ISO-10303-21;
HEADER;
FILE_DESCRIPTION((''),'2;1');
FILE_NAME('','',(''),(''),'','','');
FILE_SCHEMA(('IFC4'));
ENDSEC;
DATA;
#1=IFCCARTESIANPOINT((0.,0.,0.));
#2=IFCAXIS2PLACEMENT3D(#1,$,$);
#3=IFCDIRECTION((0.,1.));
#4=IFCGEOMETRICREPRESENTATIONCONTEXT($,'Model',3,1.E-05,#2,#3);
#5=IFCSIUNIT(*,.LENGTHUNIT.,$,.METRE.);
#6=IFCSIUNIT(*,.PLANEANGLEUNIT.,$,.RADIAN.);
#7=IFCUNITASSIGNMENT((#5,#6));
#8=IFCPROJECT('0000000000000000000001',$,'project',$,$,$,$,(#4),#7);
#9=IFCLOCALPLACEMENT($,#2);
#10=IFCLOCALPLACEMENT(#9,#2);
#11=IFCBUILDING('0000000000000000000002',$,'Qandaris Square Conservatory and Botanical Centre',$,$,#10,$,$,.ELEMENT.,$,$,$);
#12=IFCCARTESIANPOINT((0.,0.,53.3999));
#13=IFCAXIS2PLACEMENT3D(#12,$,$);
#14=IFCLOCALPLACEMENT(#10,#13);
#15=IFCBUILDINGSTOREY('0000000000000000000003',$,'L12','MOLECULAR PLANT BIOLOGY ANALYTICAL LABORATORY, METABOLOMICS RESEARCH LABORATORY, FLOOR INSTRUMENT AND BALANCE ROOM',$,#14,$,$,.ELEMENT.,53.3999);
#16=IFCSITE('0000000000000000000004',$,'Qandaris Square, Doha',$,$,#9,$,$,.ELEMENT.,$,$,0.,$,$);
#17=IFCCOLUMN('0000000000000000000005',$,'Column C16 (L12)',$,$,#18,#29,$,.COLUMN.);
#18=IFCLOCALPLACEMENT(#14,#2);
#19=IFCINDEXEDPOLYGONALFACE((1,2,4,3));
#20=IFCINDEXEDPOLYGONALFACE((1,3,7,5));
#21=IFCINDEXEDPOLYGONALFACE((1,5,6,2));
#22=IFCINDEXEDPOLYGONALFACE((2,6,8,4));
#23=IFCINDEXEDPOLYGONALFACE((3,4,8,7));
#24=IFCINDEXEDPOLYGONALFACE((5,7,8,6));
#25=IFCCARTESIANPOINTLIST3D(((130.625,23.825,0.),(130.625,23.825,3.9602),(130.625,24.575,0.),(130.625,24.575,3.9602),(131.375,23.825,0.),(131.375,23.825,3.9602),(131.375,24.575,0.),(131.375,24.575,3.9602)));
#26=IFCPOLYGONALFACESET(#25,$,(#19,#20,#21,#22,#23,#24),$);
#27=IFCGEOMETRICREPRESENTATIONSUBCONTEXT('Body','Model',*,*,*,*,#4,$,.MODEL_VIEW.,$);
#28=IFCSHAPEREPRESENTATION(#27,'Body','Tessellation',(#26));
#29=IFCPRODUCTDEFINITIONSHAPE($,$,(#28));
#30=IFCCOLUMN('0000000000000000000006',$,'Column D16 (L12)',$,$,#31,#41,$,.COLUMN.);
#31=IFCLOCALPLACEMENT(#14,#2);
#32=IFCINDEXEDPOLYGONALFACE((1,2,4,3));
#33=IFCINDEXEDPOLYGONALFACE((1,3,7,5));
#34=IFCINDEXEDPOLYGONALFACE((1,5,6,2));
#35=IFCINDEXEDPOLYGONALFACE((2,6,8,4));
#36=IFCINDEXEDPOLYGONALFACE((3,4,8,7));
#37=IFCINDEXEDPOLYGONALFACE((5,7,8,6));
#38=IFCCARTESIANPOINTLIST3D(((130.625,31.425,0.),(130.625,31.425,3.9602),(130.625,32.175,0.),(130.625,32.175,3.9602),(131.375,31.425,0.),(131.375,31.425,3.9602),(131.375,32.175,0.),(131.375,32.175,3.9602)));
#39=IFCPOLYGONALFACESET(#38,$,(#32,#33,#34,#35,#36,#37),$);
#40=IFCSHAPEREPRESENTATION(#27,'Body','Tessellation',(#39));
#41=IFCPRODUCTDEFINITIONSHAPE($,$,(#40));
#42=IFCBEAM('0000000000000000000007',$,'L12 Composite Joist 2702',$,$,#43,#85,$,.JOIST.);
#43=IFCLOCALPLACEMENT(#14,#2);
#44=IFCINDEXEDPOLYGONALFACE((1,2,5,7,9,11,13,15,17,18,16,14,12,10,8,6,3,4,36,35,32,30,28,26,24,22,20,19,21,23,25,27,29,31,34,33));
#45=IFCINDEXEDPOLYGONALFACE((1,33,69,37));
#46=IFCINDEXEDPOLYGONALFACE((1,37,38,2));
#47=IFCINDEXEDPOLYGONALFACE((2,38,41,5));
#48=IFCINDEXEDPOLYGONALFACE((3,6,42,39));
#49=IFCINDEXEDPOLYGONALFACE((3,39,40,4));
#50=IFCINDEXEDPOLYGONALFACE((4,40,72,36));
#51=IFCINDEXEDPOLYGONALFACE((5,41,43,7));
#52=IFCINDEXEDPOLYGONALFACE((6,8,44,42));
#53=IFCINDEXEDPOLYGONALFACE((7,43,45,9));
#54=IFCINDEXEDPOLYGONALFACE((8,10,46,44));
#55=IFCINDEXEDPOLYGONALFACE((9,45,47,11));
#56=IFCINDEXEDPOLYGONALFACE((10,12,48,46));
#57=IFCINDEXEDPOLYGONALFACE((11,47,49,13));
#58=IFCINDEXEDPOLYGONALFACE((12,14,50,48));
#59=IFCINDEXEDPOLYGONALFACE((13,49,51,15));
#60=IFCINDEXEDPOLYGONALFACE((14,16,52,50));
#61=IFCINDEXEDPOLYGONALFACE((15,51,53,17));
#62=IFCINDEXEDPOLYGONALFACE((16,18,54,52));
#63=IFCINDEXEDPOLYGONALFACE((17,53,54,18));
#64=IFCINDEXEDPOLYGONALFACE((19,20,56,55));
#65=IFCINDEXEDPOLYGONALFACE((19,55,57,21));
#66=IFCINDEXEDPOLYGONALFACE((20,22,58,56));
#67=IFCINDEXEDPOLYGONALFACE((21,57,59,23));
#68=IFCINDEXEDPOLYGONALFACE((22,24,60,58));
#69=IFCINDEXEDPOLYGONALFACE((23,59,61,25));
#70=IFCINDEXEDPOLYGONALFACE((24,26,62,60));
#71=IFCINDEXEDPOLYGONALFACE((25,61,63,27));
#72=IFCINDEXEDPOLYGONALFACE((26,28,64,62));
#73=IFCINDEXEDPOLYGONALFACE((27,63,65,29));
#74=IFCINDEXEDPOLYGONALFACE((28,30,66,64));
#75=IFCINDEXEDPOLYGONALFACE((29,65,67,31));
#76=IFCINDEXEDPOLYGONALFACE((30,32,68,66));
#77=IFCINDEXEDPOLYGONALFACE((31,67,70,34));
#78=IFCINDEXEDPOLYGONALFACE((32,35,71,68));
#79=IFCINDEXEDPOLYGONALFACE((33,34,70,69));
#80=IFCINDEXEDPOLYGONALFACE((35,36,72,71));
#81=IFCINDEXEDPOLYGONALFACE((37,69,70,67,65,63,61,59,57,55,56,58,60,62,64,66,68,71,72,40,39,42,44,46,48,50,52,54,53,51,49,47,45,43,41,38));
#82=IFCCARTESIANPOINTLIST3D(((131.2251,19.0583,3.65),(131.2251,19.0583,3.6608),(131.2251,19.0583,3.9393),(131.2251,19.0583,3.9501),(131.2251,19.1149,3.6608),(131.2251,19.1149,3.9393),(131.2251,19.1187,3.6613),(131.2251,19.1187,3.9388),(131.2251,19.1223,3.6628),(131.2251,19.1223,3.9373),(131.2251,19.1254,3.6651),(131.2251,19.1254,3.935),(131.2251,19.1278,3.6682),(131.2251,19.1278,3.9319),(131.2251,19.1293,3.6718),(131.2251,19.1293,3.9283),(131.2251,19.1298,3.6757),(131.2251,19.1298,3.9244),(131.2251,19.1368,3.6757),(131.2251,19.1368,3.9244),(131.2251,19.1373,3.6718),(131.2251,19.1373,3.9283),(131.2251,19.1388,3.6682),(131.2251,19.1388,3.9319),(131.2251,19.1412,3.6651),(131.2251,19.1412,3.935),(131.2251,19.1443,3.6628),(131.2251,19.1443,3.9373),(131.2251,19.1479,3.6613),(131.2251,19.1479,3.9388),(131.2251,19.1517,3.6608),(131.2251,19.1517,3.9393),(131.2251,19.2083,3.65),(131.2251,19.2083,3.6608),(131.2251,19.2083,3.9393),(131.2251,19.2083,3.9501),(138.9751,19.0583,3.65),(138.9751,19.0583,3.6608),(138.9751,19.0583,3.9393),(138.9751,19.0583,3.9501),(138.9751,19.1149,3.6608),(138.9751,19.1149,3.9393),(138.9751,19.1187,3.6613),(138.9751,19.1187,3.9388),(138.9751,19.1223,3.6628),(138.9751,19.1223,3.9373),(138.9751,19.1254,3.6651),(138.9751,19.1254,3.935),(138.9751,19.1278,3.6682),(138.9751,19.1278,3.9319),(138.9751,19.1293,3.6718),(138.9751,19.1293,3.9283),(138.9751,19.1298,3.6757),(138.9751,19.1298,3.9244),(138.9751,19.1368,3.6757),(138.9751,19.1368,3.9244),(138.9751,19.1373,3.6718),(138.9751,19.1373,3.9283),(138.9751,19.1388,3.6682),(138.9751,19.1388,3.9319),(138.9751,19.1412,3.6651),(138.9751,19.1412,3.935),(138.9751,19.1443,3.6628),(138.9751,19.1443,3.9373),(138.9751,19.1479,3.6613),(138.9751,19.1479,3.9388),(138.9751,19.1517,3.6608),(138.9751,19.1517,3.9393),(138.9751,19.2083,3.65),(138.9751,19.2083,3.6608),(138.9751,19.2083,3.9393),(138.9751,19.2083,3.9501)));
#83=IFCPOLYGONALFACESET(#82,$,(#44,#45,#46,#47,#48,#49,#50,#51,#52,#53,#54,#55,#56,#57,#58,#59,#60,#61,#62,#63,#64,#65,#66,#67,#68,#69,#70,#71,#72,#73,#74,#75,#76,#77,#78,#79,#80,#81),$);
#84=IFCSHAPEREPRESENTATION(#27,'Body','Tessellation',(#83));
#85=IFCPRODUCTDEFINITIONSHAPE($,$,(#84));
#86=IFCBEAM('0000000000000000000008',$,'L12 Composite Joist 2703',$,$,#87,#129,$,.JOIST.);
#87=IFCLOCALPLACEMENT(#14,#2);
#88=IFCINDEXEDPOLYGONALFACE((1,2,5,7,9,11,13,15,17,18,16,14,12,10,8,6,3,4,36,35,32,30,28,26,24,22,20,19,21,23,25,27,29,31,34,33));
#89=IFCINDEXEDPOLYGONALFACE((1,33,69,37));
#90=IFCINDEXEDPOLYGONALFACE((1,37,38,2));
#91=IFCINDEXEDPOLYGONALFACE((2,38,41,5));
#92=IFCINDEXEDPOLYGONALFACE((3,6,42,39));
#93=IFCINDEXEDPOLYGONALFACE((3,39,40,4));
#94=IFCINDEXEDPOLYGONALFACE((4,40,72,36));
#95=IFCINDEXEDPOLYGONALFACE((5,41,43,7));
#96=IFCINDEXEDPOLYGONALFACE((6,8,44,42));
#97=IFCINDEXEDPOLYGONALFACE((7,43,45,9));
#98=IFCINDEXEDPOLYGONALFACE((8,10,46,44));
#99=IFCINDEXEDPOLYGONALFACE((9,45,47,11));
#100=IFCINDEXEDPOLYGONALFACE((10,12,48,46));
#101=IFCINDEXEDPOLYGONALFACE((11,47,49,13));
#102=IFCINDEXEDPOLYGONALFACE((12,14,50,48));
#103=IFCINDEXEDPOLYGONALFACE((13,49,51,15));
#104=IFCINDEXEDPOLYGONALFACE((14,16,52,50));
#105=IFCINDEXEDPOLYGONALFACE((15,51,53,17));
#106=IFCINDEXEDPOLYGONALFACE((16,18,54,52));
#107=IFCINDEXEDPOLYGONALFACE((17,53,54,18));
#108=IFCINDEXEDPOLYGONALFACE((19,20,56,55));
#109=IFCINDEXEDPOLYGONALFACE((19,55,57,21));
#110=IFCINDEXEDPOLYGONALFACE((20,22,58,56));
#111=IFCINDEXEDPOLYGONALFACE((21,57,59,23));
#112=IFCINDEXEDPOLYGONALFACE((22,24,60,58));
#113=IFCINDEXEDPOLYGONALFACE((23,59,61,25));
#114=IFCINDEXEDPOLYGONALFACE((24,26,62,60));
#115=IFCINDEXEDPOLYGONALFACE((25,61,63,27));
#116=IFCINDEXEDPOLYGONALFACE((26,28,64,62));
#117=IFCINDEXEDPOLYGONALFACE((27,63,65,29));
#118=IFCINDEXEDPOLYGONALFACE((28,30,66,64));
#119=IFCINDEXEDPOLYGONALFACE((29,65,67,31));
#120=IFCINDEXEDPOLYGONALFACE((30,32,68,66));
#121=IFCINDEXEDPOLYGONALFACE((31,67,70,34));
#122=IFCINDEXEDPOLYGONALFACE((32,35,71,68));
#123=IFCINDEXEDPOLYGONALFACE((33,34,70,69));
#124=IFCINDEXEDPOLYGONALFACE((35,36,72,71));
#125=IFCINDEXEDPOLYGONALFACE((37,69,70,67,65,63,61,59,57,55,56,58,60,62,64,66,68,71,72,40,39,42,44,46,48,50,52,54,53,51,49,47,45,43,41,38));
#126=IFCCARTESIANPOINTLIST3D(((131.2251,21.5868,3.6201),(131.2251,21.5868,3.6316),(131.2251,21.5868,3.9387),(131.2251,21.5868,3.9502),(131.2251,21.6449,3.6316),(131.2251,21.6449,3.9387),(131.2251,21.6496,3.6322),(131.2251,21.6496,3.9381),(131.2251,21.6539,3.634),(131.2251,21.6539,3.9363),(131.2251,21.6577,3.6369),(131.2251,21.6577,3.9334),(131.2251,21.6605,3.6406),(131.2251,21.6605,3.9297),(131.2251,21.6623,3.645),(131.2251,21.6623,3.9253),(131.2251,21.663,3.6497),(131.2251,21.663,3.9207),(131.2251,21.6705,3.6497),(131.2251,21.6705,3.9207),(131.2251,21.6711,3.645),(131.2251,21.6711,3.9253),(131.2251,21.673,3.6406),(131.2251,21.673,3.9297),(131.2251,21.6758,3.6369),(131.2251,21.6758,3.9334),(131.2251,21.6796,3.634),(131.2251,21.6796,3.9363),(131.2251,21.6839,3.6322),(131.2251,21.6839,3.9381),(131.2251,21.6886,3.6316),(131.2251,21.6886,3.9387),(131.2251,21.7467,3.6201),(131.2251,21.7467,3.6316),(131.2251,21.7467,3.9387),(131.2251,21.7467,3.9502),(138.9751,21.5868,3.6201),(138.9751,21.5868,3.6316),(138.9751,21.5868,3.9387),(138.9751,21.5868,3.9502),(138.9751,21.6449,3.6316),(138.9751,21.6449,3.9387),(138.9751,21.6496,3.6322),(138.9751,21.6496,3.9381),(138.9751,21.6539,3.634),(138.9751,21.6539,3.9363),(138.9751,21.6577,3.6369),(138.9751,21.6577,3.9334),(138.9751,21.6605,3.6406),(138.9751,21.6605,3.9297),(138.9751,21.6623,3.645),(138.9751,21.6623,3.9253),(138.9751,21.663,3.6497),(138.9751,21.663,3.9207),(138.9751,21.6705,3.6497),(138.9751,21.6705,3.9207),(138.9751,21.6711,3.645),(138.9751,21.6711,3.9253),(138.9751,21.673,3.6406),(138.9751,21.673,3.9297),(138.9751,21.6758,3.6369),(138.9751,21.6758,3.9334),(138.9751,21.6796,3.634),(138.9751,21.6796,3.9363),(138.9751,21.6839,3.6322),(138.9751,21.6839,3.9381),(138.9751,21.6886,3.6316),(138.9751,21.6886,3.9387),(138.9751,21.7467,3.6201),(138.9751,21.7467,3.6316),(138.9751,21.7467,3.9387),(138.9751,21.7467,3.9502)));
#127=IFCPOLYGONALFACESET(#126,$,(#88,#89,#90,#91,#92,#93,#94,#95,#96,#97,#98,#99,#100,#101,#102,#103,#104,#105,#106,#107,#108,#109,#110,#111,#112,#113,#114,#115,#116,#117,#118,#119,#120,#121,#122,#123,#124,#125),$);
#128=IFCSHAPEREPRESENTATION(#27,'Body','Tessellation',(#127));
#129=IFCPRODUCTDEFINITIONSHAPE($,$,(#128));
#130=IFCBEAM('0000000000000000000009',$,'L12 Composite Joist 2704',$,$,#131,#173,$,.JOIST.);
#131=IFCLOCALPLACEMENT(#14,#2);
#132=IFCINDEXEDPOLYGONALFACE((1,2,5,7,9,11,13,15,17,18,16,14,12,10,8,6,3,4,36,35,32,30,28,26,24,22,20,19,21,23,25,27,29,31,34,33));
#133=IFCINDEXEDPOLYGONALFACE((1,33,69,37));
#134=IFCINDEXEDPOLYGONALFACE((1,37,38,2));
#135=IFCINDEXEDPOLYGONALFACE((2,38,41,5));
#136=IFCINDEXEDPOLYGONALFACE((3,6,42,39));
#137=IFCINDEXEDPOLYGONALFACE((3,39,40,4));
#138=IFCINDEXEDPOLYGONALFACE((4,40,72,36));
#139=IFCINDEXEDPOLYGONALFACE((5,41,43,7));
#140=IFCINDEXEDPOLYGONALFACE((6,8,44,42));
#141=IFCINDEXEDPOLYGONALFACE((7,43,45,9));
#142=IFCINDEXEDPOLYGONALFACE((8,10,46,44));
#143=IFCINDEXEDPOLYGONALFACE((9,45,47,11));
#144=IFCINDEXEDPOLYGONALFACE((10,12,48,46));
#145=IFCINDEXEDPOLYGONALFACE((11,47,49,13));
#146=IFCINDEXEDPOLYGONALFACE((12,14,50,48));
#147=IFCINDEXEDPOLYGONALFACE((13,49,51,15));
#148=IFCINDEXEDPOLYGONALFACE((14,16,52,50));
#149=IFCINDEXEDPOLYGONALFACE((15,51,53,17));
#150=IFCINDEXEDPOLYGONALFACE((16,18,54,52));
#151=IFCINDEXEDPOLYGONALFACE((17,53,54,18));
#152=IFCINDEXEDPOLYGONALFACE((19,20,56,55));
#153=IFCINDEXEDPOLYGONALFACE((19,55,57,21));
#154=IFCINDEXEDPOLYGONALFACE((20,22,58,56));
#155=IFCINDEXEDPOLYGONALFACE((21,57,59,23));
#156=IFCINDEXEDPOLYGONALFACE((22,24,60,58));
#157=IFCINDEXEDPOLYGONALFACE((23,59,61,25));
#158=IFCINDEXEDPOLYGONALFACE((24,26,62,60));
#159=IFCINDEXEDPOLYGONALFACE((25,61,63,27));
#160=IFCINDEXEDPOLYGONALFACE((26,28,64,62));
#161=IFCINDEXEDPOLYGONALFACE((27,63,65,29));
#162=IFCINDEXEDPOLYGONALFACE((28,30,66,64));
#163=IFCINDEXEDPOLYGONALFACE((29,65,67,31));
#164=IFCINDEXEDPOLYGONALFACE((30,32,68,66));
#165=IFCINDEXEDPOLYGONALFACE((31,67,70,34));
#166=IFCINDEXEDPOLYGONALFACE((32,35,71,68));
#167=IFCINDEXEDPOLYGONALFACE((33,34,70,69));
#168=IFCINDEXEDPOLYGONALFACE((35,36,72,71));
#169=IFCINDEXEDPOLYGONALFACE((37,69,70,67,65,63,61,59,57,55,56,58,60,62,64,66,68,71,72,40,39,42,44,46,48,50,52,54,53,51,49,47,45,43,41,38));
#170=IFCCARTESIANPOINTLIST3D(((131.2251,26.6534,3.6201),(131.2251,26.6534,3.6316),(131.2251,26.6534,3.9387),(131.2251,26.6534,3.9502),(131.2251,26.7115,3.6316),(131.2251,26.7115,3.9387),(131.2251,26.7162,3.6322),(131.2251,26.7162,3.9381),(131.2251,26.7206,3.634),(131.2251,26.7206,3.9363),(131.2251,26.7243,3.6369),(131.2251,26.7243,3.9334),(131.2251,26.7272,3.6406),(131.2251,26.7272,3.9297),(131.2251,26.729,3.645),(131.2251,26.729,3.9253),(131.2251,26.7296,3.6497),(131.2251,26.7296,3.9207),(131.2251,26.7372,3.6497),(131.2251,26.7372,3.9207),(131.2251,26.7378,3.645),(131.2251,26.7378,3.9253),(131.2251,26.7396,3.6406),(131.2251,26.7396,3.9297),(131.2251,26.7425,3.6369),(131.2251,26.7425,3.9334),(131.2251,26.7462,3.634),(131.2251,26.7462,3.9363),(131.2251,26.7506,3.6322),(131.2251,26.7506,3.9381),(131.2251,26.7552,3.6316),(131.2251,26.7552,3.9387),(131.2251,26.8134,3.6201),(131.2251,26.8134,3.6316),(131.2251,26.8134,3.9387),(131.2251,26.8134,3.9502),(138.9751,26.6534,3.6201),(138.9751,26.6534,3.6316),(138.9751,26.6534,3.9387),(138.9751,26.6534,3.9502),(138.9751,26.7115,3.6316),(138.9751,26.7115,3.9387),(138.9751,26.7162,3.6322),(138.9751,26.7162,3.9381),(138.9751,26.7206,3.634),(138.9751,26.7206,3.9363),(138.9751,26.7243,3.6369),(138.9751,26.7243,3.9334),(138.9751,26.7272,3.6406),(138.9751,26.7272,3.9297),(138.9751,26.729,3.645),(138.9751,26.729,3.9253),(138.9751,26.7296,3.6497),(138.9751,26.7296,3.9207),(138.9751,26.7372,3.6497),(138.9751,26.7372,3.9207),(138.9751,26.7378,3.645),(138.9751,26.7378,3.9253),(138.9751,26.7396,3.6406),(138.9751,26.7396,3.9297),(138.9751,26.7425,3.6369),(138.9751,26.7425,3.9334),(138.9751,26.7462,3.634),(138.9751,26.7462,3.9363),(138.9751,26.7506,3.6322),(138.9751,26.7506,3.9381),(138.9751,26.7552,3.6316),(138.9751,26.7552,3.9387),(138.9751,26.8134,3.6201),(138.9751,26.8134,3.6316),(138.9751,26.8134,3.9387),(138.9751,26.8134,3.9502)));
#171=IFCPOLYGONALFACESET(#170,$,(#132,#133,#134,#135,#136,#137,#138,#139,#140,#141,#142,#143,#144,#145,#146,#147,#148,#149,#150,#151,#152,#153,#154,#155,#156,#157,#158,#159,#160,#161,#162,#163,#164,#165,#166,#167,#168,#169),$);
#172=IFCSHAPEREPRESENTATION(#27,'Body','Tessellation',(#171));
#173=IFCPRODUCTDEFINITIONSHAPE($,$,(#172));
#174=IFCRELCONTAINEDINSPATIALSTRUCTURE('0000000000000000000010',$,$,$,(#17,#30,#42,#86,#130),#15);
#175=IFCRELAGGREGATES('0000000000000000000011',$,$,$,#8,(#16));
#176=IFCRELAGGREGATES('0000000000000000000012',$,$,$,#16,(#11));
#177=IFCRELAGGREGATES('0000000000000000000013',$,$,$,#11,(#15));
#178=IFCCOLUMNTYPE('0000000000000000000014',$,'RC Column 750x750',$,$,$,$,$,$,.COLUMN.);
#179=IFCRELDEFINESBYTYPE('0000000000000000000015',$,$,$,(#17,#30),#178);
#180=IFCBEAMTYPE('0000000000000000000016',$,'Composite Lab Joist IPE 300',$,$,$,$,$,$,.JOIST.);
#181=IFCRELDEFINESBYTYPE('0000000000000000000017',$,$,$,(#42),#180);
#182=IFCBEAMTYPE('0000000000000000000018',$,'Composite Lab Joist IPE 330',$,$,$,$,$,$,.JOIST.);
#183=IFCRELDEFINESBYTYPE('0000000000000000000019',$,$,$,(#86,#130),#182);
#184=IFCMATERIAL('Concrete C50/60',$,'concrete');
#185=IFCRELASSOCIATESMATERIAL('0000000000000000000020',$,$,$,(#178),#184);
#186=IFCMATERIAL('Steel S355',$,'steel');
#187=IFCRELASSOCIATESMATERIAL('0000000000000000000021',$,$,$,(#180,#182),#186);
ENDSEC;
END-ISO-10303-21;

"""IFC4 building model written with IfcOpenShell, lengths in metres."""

from ifc_helpers import new_model, si_unit, direction, frame, origin, origin_2d, place, context, subcontext, project, spatial, rectangle, i_section, extrude, material, material_profile, profile_set, type_object, element, save


model = new_model("IFC4")

# Units and contexts
model_context = context("Model", 3, precision=1e-05, world=origin(), true_north=direction((0.0, 1.0)))
body_context = subcontext(model_context, "Body", "Model", "MODEL_VIEW")
ifc_project = project(units=[si_unit("LENGTHUNIT", "METRE"), si_unit("PLANEANGLEUNIT", "RADIAN")], contexts=[model_context])

# Site, building, storey
site_placement = place(None, origin())
site = spatial("IfcSite", under=ifc_project, at=site_placement, Name="Qandaris Square, Doha", CompositionType="ELEMENT", RefElevation=0.0)
building_placement = place(site_placement, origin())
building = spatial("IfcBuilding", under=site, at=building_placement, Name="Qandaris Square Conservatory and Botanical Centre", CompositionType="ELEMENT")
storey_placement = place(building_placement, frame((0.0, 0.0, 53.3999)))
storey = spatial("IfcBuildingStorey", under=building, at=storey_placement, Name="L12", Description="MOLECULAR PLANT BIOLOGY ANALYTICAL LABORATORY, METABOLOMICS RESEARCH LABORATORY, FLOOR INSTRUMENT AND BALANCE ROOM", CompositionType="ELEMENT", Elevation=53.3999)

# Columns
ifc_material_1 = material(Name="Concrete C50/60", Category="concrete")
ifc_material_profile_1 = material_profile(ifc_material_1, rectangle(XDim=0.75, YDim=0.75, at=origin_2d()), Name="RC-COL 750x750")
ifc_profile_set_1 = profile_set([ifc_material_profile_1], Name="Concrete C50/60")
column_type = type_object("IfcColumnType", Name="RC Column 750x750", PredefinedType="COLUMN", material=ifc_profile_set_1)
for number, where, z_axis, x_axis, name in (
    (1, (131.0, 24.2, 0.0), (0.0, 0.0, 1.0), (1.0, 0.0, 0.0), "Column C16 (L12)"),
    (2, (131.0, 31.8, 0.0), (0.0, 0.0, 1.0), (1.0, 0.0, 0.0), "Column D16 (L12)"),
):
    element("IfcColumn", number, at=place(storey_placement, frame(where, z_axis=z_axis, x_axis=x_axis)), inside=storey, type_object=column_type, Name=name, PredefinedType="COLUMN", context=body_context, shape_type="SweptSolid", body=[
        extrude(rectangle(XDim=0.75, YDim=0.75, at=origin_2d()), origin(), (0.0, 0.0, 1.0), 3.9602),
    ])

# Beams
ifc_material_2 = material(Name="Steel S355", Category="steel")
ifc_material_profile_2 = material_profile(ifc_material_2, i_section(OverallWidth=0.1499, OverallDepth=0.3, WebThickness=0.0071, FlangeThickness=0.0107, FilletRadius=0.0149, at=origin_2d()), Name="IPE 300")
ifc_profile_set_2 = profile_set([ifc_material_profile_2], Name="Steel S355")
beam_type_1 = type_object("IfcBeamType", Name="Composite Lab Joist IPE 300", PredefinedType="JOIST", material=ifc_profile_set_2)
beam_1_placement = place(storey_placement, frame((131.2251, 19.1333, 3.8), z_axis=(1.0, 0.0, 0.0), x_axis=(0.0, 1.0, 0.0)))
element("IfcBeam", 3, at=beam_1_placement, inside=storey, type_object=beam_type_1, Name="L12 Composite Joist 2702", PredefinedType="JOIST", context=body_context, shape_type="SweptSolid", body=[
    extrude(i_section(OverallWidth=0.1499, OverallDepth=0.3, WebThickness=0.0071, FlangeThickness=0.0107, FilletRadius=0.0149, at=origin_2d()), origin(), (0.0, 0.0, 1.0), 7.75),
])
ifc_material_profile_3 = material_profile(ifc_material_2, i_section(OverallWidth=0.1599, OverallDepth=0.3301, WebThickness=0.0076, FlangeThickness=0.0115, FilletRadius=0.0181, at=origin_2d()), Name="IPE 330")
ifc_profile_set_3 = profile_set([ifc_material_profile_3], Name="Steel S355")
beam_type_2 = type_object("IfcBeamType", Name="Composite Lab Joist IPE 330", PredefinedType="JOIST", material=ifc_profile_set_3)
for number, where, z_axis, x_axis, name in (
    (4, (131.2251, 21.6667, 3.7852), (1.0, 0.0, 0.0), (0.0, 1.0, 0.0), "L12 Composite Joist 2703"),
    (5, (131.2251, 26.7334, 3.7852), (1.0, 0.0, 0.0), (0.0, 1.0, 0.0), "L12 Composite Joist 2704"),
):
    element("IfcBeam", number, at=place(storey_placement, frame(where, z_axis=z_axis, x_axis=x_axis)), inside=storey, type_object=beam_type_2, Name=name, PredefinedType="JOIST", context=body_context, shape_type="SweptSolid", body=[
        extrude(i_section(OverallWidth=0.1599, OverallDepth=0.3301, WebThickness=0.0076, FlangeThickness=0.0115, FilletRadius=0.0181, at=origin_2d()), origin(), (0.0, 0.0, 1.0), 7.75),
    ])

save(model, "model.ifc")
